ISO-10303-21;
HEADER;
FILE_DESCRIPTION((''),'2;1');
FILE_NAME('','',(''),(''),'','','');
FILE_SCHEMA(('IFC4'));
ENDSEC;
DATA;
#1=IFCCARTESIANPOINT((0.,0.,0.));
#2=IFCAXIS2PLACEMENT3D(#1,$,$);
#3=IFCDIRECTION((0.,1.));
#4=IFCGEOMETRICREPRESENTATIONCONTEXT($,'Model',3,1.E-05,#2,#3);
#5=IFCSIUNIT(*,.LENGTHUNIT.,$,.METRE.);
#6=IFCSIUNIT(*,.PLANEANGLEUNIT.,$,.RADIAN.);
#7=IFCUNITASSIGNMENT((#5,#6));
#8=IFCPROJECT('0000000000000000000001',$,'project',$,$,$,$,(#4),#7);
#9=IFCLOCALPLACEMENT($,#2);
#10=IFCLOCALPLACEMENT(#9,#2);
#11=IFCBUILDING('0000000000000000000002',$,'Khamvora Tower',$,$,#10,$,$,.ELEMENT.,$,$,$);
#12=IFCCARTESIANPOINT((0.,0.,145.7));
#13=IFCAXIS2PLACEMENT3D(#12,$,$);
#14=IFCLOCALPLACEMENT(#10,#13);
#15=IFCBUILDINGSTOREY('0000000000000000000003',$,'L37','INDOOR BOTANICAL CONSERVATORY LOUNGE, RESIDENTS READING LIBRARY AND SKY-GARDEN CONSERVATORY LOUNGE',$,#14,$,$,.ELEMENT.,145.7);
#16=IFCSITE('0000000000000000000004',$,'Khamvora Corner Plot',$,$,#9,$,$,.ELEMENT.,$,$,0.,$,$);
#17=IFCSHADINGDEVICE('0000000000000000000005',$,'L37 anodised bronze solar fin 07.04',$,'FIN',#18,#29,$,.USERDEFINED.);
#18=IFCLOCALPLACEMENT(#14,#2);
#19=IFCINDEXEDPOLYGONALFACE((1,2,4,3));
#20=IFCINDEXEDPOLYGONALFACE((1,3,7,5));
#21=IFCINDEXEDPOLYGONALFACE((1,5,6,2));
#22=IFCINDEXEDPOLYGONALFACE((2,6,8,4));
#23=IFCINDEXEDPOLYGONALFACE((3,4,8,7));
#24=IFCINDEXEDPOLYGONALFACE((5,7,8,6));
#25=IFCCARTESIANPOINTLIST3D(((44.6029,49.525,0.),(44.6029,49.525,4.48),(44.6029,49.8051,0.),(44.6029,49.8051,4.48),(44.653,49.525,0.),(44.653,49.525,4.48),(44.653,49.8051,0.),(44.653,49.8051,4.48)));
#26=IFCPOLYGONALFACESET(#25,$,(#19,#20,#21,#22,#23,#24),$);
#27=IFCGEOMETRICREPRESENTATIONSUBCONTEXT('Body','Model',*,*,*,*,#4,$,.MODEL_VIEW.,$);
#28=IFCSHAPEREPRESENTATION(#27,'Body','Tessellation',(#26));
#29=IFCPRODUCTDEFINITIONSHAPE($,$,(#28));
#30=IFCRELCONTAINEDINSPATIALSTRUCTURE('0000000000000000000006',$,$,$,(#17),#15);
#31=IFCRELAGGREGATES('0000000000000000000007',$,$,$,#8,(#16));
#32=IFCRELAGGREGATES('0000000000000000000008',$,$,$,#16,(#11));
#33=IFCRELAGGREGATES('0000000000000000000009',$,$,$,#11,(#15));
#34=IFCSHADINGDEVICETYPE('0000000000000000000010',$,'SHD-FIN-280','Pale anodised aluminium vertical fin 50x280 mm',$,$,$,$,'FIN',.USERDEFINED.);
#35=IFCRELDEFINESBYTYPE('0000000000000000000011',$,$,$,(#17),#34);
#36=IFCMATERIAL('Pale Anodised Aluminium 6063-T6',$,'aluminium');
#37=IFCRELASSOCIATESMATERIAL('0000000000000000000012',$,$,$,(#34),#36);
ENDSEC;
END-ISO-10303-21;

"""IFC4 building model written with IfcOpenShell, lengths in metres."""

from ifc_helpers import new_model, si_unit, direction, frame, origin, origin_2d, place, context, subcontext, project, spatial, rectangle, extrude, material, type_object, element, save


model = new_model("IFC4")

# Units and contexts
model_context = context("Model", 3, precision=1e-05, world=origin(), true_north=direction((0.0, 1.0)))
body_context = subcontext(model_context, "Body", "Model", "MODEL_VIEW")
ifc_project = project(units=[si_unit("LENGTHUNIT", "METRE"), si_unit("PLANEANGLEUNIT", "RADIAN")], contexts=[model_context])

# Site, building, storey
site_placement = place(None, origin())
site = spatial("IfcSite", under=ifc_project, at=site_placement, Name="Khamvora Corner Plot", CompositionType="ELEMENT", RefElevation=0.0)
building_placement = place(site_placement, origin())
building = spatial("IfcBuilding", under=site, at=building_placement, Name="Khamvora Tower", CompositionType="ELEMENT")
storey_placement = place(building_placement, frame((0.0, 0.0, 145.7)))
storey = spatial("IfcBuildingStorey", under=building, at=storey_placement, Name="L37", Description="INDOOR BOTANICAL CONSERVATORY LOUNGE, RESIDENTS READING LIBRARY AND SKY-GARDEN CONSERVATORY LOUNGE", CompositionType="ELEMENT", Elevation=145.7)

# Shading device
ifc_material_1 = material(Name="Pale Anodised Aluminium 6063-T6", Category="aluminium")
shading_device_type = type_object("IfcShadingDeviceType", Name="SHD-FIN-280", Description="Pale anodised aluminium vertical fin 50x280 mm", ElementType="FIN", PredefinedType="USERDEFINED", material=ifc_material_1)
shading_device_placement = place(storey_placement, frame((44.6279, 49.665, 0.0), z_axis=(0.0, 0.0, 1.0), x_axis=(1.0, 0.0, 0.0)))
element("IfcShadingDevice", 1, at=shading_device_placement, inside=storey, type_object=shading_device_type, Name="L37 anodised bronze solar fin 07.04", ObjectType="FIN", PredefinedType="USERDEFINED", context=body_context, shape_type="SweptSolid", body=[
    extrude(rectangle(XDim=0.05, YDim=0.28, at=origin_2d()), origin(), (0.0, 0.0, 1.0), 4.48),
])

save(model, "model.ifc")
